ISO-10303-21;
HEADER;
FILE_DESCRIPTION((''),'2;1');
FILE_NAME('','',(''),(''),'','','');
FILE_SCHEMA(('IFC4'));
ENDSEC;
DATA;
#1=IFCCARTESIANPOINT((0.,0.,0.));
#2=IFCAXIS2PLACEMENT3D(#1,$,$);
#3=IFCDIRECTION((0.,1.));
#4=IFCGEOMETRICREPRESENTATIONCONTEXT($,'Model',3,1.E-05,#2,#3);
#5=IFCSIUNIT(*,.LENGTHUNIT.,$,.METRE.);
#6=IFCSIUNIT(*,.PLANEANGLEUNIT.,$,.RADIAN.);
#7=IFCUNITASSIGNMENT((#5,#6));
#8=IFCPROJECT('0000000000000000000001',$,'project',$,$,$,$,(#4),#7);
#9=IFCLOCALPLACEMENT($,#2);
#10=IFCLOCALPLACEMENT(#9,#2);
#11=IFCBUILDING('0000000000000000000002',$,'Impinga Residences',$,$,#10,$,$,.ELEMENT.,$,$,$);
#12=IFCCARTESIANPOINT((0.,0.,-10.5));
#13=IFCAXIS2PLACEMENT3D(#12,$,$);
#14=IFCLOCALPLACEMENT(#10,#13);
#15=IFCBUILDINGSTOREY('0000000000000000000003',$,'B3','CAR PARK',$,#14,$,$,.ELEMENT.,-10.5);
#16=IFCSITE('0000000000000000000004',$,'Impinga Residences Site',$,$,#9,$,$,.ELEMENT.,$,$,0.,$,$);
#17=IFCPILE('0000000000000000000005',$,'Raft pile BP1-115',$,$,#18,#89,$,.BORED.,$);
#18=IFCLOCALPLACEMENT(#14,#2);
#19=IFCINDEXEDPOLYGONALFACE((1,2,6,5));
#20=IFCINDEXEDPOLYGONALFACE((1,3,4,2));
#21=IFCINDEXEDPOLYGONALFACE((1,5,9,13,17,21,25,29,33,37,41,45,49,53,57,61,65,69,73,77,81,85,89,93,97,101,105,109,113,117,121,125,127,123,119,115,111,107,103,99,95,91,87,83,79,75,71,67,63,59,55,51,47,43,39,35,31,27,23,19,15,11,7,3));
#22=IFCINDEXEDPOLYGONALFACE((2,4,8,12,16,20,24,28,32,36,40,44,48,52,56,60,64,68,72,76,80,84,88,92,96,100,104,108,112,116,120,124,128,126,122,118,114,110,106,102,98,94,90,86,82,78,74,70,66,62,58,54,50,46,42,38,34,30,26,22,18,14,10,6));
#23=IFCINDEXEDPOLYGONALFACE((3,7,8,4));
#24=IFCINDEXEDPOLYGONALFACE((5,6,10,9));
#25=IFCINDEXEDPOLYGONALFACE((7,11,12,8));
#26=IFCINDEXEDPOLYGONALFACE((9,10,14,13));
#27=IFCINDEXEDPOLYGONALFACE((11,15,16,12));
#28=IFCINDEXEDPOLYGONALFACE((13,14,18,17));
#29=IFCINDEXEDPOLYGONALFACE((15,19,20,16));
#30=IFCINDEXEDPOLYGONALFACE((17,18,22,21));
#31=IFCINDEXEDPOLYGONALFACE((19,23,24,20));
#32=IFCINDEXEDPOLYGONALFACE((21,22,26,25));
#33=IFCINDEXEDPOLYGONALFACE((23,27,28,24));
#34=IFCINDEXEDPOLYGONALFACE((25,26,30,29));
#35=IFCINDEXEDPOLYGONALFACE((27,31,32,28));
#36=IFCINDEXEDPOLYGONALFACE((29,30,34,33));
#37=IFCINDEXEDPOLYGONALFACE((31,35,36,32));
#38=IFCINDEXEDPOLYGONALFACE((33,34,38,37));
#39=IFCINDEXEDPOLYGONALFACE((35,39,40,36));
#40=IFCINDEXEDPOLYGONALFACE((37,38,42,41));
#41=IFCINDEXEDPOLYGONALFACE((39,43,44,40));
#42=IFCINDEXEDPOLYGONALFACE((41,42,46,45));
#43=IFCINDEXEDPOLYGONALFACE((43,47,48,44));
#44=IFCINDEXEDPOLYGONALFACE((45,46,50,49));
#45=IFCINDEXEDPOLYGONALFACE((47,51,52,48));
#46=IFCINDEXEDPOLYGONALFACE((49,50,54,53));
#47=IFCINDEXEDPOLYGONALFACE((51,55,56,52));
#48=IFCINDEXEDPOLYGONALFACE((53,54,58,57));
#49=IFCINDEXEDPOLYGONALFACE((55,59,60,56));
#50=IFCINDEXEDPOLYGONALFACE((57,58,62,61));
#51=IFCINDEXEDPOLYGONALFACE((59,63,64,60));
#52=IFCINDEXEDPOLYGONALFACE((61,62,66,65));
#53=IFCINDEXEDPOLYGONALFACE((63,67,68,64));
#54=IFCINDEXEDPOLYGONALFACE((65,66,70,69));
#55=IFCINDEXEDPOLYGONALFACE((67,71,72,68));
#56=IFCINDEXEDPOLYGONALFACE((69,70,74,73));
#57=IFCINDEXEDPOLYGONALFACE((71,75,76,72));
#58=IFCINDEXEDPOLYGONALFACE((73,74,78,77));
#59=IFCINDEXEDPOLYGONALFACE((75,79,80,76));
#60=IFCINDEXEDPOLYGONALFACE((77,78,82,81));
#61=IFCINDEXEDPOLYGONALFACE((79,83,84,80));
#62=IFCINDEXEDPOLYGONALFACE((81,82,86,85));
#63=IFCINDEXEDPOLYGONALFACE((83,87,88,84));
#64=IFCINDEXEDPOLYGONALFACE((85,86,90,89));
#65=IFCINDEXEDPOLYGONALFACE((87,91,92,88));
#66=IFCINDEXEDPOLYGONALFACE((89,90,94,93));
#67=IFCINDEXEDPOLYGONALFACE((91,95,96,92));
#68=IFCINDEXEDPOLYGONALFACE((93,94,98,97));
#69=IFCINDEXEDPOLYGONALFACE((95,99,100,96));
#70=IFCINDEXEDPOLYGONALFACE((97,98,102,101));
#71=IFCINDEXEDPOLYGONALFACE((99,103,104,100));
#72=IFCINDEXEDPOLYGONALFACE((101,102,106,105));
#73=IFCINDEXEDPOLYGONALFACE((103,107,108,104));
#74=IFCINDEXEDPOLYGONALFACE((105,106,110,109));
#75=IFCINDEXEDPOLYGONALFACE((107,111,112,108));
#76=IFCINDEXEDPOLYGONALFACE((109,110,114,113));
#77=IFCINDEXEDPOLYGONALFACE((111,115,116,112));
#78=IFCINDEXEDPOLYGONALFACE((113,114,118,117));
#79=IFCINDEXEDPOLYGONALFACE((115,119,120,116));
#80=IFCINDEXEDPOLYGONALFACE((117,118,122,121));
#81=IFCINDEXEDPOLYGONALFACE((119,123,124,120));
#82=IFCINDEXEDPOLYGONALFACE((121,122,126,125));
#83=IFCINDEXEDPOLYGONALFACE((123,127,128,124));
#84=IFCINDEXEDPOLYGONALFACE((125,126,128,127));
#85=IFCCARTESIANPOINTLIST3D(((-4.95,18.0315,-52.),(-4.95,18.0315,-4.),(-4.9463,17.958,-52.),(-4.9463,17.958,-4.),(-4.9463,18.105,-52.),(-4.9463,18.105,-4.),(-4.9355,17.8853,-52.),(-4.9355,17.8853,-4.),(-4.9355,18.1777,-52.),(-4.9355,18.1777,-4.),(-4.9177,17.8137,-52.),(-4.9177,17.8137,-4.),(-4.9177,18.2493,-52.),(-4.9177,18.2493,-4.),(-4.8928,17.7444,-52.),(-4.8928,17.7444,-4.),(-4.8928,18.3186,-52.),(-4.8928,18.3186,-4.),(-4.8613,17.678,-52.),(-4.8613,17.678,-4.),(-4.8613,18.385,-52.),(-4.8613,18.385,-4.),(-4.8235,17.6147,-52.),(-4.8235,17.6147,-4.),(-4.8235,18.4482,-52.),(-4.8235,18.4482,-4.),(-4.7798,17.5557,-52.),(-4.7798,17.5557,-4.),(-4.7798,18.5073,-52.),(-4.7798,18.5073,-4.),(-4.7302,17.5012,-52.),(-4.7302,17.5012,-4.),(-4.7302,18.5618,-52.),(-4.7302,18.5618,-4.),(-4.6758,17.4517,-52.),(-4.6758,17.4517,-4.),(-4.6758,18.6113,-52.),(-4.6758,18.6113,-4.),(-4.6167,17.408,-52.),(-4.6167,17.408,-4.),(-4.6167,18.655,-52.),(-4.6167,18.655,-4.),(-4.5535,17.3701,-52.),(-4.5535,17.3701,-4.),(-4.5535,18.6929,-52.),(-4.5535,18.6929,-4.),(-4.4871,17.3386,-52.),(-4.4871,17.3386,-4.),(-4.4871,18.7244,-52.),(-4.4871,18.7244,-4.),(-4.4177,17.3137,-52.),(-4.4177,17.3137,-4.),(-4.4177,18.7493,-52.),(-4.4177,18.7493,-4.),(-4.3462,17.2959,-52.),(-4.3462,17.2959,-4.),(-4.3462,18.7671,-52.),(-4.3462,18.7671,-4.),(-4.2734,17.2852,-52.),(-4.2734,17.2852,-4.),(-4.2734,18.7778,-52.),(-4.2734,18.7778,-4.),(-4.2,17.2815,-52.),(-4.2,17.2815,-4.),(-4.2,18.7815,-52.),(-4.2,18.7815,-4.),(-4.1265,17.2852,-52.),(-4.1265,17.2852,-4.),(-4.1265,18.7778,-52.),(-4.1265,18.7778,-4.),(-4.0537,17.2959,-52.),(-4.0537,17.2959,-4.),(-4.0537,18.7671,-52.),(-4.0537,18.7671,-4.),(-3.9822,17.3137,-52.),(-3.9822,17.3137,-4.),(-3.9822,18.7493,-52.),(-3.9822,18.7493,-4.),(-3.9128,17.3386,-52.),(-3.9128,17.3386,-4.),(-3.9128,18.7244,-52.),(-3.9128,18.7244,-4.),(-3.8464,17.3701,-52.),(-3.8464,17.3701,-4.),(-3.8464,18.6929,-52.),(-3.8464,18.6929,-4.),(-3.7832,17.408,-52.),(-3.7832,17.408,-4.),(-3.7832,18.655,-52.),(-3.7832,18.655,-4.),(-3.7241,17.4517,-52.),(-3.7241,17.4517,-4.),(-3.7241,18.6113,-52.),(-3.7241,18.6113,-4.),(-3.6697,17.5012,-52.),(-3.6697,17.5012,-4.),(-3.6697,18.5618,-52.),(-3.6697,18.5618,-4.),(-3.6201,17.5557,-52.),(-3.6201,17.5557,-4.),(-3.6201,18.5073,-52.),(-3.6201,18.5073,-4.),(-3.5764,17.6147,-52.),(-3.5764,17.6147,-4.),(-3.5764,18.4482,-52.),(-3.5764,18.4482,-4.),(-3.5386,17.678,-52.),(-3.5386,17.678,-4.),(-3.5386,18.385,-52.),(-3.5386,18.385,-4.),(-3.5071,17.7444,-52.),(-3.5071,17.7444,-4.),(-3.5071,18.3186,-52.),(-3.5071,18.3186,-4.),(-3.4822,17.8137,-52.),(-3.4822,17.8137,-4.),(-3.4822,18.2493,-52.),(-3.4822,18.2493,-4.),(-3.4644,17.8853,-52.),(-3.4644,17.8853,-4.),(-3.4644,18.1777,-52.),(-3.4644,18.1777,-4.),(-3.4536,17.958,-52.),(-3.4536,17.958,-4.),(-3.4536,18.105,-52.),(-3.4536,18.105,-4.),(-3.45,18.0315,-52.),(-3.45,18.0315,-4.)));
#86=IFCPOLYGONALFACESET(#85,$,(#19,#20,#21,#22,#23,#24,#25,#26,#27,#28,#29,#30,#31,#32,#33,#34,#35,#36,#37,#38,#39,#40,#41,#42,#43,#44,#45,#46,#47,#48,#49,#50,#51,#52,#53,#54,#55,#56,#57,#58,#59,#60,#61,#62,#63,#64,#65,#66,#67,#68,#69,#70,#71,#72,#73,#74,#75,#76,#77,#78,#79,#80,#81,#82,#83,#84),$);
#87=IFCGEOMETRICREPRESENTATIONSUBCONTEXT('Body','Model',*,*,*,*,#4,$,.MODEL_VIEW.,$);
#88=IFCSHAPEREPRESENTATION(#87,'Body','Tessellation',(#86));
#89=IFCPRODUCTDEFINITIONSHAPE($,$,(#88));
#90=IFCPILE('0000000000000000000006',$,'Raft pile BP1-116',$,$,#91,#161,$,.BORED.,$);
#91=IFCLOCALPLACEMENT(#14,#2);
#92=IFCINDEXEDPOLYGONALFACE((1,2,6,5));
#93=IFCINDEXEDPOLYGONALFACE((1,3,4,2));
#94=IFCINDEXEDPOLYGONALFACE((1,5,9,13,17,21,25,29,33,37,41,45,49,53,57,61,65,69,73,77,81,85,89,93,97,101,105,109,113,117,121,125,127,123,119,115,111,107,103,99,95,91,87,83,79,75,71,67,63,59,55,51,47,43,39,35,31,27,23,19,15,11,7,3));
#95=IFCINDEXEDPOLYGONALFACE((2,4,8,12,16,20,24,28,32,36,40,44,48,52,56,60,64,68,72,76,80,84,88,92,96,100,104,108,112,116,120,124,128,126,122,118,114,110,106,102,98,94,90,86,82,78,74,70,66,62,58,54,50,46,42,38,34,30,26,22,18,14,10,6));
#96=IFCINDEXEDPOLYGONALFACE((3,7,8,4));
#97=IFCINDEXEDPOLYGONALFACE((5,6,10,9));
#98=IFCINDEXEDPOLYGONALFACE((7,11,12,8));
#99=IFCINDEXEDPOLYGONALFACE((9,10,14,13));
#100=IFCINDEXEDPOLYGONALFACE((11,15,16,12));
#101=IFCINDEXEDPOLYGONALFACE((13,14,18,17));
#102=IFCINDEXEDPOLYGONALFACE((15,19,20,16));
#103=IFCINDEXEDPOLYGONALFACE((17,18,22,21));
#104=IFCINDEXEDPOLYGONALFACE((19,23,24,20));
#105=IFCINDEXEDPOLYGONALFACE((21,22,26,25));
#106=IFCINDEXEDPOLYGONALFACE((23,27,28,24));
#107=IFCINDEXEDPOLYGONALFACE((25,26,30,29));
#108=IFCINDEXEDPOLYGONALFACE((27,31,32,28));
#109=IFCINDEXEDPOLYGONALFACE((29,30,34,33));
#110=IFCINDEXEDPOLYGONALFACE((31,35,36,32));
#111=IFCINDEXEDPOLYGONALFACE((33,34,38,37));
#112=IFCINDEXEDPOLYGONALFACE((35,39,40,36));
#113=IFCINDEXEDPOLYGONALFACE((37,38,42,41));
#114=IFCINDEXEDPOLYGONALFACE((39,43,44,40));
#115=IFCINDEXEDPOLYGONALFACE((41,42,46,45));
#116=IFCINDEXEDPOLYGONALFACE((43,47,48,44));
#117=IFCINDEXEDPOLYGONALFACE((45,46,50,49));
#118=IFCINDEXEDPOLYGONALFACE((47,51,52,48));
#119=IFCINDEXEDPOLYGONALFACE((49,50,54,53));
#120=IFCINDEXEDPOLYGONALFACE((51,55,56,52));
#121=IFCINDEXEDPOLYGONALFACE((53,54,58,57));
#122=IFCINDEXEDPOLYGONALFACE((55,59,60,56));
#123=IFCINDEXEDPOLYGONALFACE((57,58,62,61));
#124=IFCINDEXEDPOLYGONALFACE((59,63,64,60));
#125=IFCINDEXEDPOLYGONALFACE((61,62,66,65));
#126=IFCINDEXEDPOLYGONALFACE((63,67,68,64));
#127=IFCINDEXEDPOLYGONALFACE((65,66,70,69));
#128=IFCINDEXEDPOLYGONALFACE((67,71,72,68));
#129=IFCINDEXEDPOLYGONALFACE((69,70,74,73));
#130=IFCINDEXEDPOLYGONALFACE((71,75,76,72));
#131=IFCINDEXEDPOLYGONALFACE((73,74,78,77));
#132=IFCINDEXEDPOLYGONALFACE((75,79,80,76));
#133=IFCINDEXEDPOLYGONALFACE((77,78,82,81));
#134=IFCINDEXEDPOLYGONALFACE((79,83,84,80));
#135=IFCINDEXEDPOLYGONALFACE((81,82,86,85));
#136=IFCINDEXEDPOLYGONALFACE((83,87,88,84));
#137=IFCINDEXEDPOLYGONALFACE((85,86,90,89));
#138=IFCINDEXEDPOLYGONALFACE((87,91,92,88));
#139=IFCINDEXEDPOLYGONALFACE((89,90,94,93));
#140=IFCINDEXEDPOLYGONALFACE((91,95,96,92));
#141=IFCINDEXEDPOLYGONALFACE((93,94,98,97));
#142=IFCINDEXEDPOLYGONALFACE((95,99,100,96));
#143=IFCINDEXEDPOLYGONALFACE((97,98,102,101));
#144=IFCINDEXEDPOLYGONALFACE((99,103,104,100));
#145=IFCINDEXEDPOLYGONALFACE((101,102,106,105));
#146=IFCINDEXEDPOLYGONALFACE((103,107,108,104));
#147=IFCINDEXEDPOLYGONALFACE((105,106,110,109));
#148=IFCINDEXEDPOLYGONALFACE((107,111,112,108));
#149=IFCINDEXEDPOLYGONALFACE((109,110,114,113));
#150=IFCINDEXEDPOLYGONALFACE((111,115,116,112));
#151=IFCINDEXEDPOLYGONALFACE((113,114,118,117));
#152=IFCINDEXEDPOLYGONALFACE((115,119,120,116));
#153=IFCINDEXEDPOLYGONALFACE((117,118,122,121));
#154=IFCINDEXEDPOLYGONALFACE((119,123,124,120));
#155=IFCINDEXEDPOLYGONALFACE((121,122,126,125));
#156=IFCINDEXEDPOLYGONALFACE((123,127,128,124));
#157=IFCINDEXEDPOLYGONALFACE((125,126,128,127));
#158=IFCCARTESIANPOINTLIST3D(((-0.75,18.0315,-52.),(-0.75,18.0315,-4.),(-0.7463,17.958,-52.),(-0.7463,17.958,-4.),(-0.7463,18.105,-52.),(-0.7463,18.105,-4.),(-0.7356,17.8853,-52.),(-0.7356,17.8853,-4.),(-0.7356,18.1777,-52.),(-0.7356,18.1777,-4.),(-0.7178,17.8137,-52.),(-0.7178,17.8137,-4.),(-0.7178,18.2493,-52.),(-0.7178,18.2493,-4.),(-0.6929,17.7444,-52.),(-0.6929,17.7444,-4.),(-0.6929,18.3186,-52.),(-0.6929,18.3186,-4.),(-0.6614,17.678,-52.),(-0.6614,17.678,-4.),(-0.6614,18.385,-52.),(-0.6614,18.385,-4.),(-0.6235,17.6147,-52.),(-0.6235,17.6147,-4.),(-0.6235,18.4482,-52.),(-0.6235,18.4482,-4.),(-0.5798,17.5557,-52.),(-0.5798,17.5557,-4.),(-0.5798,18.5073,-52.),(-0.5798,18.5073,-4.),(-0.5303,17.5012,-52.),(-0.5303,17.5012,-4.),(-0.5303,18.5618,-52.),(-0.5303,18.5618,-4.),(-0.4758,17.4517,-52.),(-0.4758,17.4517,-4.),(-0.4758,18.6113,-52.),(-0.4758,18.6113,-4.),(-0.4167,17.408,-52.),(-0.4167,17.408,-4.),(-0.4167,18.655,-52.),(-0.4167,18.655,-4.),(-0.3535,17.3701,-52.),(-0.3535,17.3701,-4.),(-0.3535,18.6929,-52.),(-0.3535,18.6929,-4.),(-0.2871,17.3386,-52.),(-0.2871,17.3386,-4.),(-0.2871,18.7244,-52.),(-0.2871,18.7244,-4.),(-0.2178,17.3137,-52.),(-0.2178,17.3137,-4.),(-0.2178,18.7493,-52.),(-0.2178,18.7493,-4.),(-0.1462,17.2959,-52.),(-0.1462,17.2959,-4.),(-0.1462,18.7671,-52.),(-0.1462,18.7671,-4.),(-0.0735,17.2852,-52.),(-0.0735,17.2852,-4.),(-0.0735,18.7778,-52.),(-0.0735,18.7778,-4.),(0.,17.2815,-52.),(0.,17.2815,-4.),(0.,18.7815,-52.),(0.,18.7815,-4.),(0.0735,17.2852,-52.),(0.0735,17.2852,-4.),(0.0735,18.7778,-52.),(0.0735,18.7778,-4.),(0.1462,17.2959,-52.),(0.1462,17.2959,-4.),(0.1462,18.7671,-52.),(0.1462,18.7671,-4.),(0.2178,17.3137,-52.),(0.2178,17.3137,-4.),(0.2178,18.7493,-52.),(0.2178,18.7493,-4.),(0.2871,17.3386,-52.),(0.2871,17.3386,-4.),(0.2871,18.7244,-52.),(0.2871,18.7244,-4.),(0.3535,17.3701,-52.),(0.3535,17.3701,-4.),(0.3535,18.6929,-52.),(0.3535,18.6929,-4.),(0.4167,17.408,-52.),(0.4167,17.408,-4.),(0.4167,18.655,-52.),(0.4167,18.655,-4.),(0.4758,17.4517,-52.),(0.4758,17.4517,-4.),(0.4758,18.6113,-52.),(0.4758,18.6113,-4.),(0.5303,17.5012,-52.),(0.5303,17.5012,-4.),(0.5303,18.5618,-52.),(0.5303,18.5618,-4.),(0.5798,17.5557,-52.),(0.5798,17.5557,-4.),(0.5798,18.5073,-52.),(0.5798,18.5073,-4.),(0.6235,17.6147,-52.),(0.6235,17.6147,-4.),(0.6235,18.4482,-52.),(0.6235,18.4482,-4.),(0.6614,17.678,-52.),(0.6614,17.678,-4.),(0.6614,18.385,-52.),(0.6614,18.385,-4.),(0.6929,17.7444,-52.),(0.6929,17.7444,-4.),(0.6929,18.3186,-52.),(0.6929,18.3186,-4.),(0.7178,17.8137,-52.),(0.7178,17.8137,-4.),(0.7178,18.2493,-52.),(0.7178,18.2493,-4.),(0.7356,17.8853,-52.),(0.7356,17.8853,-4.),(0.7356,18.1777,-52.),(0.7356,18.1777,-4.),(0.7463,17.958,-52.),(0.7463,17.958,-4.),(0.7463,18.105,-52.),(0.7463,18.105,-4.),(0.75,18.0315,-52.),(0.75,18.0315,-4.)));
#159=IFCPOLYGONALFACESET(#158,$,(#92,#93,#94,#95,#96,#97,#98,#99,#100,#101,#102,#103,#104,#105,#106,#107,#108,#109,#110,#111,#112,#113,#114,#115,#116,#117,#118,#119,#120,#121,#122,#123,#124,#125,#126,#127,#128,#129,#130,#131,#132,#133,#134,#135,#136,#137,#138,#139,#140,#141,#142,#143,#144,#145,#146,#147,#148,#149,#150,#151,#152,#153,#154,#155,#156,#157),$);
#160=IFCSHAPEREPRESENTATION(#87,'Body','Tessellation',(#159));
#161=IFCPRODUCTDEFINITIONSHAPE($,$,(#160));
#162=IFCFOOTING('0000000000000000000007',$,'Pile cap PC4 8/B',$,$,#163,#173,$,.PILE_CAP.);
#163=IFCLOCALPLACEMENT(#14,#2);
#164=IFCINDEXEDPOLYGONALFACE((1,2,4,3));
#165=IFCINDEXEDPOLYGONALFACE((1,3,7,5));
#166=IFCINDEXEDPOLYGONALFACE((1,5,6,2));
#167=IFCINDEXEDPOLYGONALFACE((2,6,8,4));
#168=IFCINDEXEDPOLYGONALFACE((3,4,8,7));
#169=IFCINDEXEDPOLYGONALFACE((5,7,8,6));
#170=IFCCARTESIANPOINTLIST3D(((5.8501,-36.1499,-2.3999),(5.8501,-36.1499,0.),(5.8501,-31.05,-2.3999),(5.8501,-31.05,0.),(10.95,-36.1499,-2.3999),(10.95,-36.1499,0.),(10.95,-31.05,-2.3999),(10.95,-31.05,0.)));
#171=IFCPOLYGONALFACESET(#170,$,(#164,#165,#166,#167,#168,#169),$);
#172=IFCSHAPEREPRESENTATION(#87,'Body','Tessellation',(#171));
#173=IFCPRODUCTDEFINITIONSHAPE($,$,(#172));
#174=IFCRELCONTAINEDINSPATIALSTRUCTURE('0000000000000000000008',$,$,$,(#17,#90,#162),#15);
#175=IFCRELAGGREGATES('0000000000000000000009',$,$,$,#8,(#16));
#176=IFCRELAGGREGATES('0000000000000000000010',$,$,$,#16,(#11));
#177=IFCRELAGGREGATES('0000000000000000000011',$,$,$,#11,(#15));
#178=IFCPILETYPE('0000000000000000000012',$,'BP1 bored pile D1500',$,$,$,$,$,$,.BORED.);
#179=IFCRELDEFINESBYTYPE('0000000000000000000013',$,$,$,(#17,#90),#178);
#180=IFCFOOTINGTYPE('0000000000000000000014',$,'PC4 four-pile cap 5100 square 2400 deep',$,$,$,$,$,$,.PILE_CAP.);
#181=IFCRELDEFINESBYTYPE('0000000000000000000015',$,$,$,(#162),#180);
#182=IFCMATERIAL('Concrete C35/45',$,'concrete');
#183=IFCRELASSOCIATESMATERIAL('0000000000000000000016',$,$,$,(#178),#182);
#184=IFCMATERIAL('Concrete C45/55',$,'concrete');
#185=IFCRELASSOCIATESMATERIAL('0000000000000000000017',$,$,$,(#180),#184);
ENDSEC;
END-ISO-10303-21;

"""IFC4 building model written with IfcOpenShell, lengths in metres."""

from ifc_helpers import new_model, si_unit, direction, frame, origin, origin_2d, place, context, subcontext, project, spatial, polyline, circle, outline, extrude, material, material_profile, profile_set, type_object, element, save


model = new_model("IFC4")

# Units and contexts
model_context = context("Model", 3, precision=1e-05, world=origin(), true_north=direction((0.0, 1.0)))
body_context = subcontext(model_context, "Body", "Model", "MODEL_VIEW")
ifc_project = project(units=[si_unit("LENGTHUNIT", "METRE"), si_unit("PLANEANGLEUNIT", "RADIAN")], contexts=[model_context])

# Site, building, storey
site_placement = place(None, origin())
site = spatial("IfcSite", under=ifc_project, at=site_placement, Name="Impinga Residences Site", CompositionType="ELEMENT", RefElevation=0.0)
building_placement = place(site_placement, origin())
building = spatial("IfcBuilding", under=site, at=building_placement, Name="Impinga Residences", CompositionType="ELEMENT")
storey_placement = place(building_placement, frame((0.0, 0.0, -10.5)))
storey = spatial("IfcBuildingStorey", under=building, at=storey_placement, Name="B3", Description="CAR PARK", CompositionType="ELEMENT", Elevation=-10.5)

# Piles
ifc_material_1 = material(Name="Concrete C35/45", Category="concrete")
ifc_material_profile = material_profile(ifc_material_1, circle(Radius=0.75, at=origin_2d()), Name="D1500")
ifc_profile_set = profile_set([ifc_material_profile], Name="Concrete C35/45")
pile_type = type_object("IfcPileType", Name="BP1 bored pile D1500", PredefinedType="BORED", material=ifc_profile_set)
pile_1_placement = place(storey_placement, frame((-4.2, 18.0315, -4.0), z_axis=(0.0, 0.0, -1.0), x_axis=(1.0, 0.0, 0.0)))
element("IfcPile", 1, at=pile_1_placement, inside=storey, type_object=pile_type, Name="Raft pile BP1-115", PredefinedType="BORED", context=body_context, shape_type="SweptSolid", body=[
    extrude(outline(polyline([(0.75, 0.0), (0.7463, 0.0735), (0.7356, 0.1462), (0.7178, 0.2178), (0.6929, 0.2871), (0.6614, 0.3535), (0.6235, 0.4167), (0.5798, 0.4758), (0.5303, 0.5303), (0.4758, 0.5798), (0.4167, 0.6235), (0.3535, 0.6614), (0.2871, 0.6929), (0.2178, 0.7178), (0.1462, 0.7356), (0.0735, 0.7463), (0.0, 0.75), (-0.0735, 0.7463), (-0.1462, 0.7356), (-0.2178, 0.7178), (-0.2871, 0.6929), (-0.3535, 0.6614), (-0.4167, 0.6235), (-0.4758, 0.5798), (-0.5303, 0.5303), (-0.5798, 0.4758), (-0.6235, 0.4167), (-0.6614, 0.3535), (-0.6929, 0.2871), (-0.7178, 0.2178), (-0.7356, 0.1462), (-0.7463, 0.0735), (-0.75, 0.0), (-0.7463, -0.0735), (-0.7356, -0.1462), (-0.7178, -0.2178), (-0.6929, -0.2871), (-0.6614, -0.3535), (-0.6235, -0.4167), (-0.5798, -0.4758), (-0.5303, -0.5303), (-0.4758, -0.5798), (-0.4167, -0.6235), (-0.3535, -0.6614), (-0.2871, -0.6929), (-0.2178, -0.7178), (-0.1462, -0.7356), (-0.0735, -0.7463), (0.0, -0.75), (0.0735, -0.7463), (0.1462, -0.7356), (0.2178, -0.7178), (0.2871, -0.6929), (0.3535, -0.6614), (0.4167, -0.6235), (0.4758, -0.5798), (0.5303, -0.5303), (0.5798, -0.4758), (0.6235, -0.4167), (0.6614, -0.3535), (0.6929, -0.2871), (0.7178, -0.2178), (0.7356, -0.1462), (0.7463, -0.0735), (0.75, 0.0)])), origin(), (0.0, 0.0, 1.0), 48.0),
])
pile_2_placement = place(storey_placement, frame((0.0, 18.0315, -4.0), z_axis=(0.0, 0.0, -1.0), x_axis=(1.0, 0.0, 0.0)))
element("IfcPile", 2, at=pile_2_placement, inside=storey, type_object=pile_type, Name="Raft pile BP1-116", PredefinedType="BORED", context=body_context, shape_type="SweptSolid", body=[
    extrude(outline(polyline([(0.75, 0.0), (0.7463, 0.0735), (0.7356, 0.1462), (0.7178, 0.2178), (0.6929, 0.2871), (0.6614, 0.3535), (0.6235, 0.4167), (0.5798, 0.4758), (0.5303, 0.5303), (0.4758, 0.5798), (0.4167, 0.6235), (0.3535, 0.6614), (0.2871, 0.6929), (0.2178, 0.7178), (0.1462, 0.7356), (0.0735, 0.7463), (0.0, 0.75), (-0.0735, 0.7463), (-0.1462, 0.7356), (-0.2178, 0.7178), (-0.2871, 0.6929), (-0.3535, 0.6614), (-0.4167, 0.6235), (-0.4758, 0.5798), (-0.5303, 0.5303), (-0.5798, 0.4758), (-0.6235, 0.4167), (-0.6614, 0.3535), (-0.6929, 0.2871), (-0.7178, 0.2178), (-0.7356, 0.1462), (-0.7463, 0.0735), (-0.75, 0.0), (-0.7463, -0.0735), (-0.7356, -0.1462), (-0.7178, -0.2178), (-0.6929, -0.2871), (-0.6614, -0.3535), (-0.6235, -0.4167), (-0.5798, -0.4758), (-0.5303, -0.5303), (-0.4758, -0.5798), (-0.4167, -0.6235), (-0.3535, -0.6614), (-0.2871, -0.6929), (-0.2178, -0.7178), (-0.1462, -0.7356), (-0.0735, -0.7463), (0.0, -0.75), (0.0735, -0.7463), (0.1462, -0.7356), (0.2178, -0.7178), (0.2871, -0.6929), (0.3535, -0.6614), (0.4167, -0.6235), (0.4758, -0.5798), (0.5303, -0.5303), (0.5798, -0.4758), (0.6235, -0.4167), (0.6614, -0.3535), (0.6929, -0.2871), (0.7178, -0.2178), (0.7356, -0.1462), (0.7463, -0.0735), (0.75, 0.0)])), origin(), (0.0, 0.0, 1.0), 48.0),
])

# Footing
ifc_material_2 = material(Name="Concrete C45/55", Category="concrete")
footing_type = type_object("IfcFootingType", Name="PC4 four-pile cap 5100 square 2400 deep", PredefinedType="PILE_CAP", material=ifc_material_2)
footing_1_placement = place(storey_placement, frame((0.0, 0.0, -2.3999)))
element("IfcFooting", 3, at=footing_1_placement, inside=storey, type_object=footing_type, Name="Pile cap PC4 8/B", PredefinedType="PILE_CAP", context=body_context, shape_type="SweptSolid", body=[
    extrude(outline(polyline([(10.95, -36.1499), (10.95, -31.05), (5.8501, -31.05), (5.8501, -36.1499), (10.95, -36.1499)])), origin(), (0.0, 0.0, 1.0), 2.3999),
])

save(model, "model.ifc")
